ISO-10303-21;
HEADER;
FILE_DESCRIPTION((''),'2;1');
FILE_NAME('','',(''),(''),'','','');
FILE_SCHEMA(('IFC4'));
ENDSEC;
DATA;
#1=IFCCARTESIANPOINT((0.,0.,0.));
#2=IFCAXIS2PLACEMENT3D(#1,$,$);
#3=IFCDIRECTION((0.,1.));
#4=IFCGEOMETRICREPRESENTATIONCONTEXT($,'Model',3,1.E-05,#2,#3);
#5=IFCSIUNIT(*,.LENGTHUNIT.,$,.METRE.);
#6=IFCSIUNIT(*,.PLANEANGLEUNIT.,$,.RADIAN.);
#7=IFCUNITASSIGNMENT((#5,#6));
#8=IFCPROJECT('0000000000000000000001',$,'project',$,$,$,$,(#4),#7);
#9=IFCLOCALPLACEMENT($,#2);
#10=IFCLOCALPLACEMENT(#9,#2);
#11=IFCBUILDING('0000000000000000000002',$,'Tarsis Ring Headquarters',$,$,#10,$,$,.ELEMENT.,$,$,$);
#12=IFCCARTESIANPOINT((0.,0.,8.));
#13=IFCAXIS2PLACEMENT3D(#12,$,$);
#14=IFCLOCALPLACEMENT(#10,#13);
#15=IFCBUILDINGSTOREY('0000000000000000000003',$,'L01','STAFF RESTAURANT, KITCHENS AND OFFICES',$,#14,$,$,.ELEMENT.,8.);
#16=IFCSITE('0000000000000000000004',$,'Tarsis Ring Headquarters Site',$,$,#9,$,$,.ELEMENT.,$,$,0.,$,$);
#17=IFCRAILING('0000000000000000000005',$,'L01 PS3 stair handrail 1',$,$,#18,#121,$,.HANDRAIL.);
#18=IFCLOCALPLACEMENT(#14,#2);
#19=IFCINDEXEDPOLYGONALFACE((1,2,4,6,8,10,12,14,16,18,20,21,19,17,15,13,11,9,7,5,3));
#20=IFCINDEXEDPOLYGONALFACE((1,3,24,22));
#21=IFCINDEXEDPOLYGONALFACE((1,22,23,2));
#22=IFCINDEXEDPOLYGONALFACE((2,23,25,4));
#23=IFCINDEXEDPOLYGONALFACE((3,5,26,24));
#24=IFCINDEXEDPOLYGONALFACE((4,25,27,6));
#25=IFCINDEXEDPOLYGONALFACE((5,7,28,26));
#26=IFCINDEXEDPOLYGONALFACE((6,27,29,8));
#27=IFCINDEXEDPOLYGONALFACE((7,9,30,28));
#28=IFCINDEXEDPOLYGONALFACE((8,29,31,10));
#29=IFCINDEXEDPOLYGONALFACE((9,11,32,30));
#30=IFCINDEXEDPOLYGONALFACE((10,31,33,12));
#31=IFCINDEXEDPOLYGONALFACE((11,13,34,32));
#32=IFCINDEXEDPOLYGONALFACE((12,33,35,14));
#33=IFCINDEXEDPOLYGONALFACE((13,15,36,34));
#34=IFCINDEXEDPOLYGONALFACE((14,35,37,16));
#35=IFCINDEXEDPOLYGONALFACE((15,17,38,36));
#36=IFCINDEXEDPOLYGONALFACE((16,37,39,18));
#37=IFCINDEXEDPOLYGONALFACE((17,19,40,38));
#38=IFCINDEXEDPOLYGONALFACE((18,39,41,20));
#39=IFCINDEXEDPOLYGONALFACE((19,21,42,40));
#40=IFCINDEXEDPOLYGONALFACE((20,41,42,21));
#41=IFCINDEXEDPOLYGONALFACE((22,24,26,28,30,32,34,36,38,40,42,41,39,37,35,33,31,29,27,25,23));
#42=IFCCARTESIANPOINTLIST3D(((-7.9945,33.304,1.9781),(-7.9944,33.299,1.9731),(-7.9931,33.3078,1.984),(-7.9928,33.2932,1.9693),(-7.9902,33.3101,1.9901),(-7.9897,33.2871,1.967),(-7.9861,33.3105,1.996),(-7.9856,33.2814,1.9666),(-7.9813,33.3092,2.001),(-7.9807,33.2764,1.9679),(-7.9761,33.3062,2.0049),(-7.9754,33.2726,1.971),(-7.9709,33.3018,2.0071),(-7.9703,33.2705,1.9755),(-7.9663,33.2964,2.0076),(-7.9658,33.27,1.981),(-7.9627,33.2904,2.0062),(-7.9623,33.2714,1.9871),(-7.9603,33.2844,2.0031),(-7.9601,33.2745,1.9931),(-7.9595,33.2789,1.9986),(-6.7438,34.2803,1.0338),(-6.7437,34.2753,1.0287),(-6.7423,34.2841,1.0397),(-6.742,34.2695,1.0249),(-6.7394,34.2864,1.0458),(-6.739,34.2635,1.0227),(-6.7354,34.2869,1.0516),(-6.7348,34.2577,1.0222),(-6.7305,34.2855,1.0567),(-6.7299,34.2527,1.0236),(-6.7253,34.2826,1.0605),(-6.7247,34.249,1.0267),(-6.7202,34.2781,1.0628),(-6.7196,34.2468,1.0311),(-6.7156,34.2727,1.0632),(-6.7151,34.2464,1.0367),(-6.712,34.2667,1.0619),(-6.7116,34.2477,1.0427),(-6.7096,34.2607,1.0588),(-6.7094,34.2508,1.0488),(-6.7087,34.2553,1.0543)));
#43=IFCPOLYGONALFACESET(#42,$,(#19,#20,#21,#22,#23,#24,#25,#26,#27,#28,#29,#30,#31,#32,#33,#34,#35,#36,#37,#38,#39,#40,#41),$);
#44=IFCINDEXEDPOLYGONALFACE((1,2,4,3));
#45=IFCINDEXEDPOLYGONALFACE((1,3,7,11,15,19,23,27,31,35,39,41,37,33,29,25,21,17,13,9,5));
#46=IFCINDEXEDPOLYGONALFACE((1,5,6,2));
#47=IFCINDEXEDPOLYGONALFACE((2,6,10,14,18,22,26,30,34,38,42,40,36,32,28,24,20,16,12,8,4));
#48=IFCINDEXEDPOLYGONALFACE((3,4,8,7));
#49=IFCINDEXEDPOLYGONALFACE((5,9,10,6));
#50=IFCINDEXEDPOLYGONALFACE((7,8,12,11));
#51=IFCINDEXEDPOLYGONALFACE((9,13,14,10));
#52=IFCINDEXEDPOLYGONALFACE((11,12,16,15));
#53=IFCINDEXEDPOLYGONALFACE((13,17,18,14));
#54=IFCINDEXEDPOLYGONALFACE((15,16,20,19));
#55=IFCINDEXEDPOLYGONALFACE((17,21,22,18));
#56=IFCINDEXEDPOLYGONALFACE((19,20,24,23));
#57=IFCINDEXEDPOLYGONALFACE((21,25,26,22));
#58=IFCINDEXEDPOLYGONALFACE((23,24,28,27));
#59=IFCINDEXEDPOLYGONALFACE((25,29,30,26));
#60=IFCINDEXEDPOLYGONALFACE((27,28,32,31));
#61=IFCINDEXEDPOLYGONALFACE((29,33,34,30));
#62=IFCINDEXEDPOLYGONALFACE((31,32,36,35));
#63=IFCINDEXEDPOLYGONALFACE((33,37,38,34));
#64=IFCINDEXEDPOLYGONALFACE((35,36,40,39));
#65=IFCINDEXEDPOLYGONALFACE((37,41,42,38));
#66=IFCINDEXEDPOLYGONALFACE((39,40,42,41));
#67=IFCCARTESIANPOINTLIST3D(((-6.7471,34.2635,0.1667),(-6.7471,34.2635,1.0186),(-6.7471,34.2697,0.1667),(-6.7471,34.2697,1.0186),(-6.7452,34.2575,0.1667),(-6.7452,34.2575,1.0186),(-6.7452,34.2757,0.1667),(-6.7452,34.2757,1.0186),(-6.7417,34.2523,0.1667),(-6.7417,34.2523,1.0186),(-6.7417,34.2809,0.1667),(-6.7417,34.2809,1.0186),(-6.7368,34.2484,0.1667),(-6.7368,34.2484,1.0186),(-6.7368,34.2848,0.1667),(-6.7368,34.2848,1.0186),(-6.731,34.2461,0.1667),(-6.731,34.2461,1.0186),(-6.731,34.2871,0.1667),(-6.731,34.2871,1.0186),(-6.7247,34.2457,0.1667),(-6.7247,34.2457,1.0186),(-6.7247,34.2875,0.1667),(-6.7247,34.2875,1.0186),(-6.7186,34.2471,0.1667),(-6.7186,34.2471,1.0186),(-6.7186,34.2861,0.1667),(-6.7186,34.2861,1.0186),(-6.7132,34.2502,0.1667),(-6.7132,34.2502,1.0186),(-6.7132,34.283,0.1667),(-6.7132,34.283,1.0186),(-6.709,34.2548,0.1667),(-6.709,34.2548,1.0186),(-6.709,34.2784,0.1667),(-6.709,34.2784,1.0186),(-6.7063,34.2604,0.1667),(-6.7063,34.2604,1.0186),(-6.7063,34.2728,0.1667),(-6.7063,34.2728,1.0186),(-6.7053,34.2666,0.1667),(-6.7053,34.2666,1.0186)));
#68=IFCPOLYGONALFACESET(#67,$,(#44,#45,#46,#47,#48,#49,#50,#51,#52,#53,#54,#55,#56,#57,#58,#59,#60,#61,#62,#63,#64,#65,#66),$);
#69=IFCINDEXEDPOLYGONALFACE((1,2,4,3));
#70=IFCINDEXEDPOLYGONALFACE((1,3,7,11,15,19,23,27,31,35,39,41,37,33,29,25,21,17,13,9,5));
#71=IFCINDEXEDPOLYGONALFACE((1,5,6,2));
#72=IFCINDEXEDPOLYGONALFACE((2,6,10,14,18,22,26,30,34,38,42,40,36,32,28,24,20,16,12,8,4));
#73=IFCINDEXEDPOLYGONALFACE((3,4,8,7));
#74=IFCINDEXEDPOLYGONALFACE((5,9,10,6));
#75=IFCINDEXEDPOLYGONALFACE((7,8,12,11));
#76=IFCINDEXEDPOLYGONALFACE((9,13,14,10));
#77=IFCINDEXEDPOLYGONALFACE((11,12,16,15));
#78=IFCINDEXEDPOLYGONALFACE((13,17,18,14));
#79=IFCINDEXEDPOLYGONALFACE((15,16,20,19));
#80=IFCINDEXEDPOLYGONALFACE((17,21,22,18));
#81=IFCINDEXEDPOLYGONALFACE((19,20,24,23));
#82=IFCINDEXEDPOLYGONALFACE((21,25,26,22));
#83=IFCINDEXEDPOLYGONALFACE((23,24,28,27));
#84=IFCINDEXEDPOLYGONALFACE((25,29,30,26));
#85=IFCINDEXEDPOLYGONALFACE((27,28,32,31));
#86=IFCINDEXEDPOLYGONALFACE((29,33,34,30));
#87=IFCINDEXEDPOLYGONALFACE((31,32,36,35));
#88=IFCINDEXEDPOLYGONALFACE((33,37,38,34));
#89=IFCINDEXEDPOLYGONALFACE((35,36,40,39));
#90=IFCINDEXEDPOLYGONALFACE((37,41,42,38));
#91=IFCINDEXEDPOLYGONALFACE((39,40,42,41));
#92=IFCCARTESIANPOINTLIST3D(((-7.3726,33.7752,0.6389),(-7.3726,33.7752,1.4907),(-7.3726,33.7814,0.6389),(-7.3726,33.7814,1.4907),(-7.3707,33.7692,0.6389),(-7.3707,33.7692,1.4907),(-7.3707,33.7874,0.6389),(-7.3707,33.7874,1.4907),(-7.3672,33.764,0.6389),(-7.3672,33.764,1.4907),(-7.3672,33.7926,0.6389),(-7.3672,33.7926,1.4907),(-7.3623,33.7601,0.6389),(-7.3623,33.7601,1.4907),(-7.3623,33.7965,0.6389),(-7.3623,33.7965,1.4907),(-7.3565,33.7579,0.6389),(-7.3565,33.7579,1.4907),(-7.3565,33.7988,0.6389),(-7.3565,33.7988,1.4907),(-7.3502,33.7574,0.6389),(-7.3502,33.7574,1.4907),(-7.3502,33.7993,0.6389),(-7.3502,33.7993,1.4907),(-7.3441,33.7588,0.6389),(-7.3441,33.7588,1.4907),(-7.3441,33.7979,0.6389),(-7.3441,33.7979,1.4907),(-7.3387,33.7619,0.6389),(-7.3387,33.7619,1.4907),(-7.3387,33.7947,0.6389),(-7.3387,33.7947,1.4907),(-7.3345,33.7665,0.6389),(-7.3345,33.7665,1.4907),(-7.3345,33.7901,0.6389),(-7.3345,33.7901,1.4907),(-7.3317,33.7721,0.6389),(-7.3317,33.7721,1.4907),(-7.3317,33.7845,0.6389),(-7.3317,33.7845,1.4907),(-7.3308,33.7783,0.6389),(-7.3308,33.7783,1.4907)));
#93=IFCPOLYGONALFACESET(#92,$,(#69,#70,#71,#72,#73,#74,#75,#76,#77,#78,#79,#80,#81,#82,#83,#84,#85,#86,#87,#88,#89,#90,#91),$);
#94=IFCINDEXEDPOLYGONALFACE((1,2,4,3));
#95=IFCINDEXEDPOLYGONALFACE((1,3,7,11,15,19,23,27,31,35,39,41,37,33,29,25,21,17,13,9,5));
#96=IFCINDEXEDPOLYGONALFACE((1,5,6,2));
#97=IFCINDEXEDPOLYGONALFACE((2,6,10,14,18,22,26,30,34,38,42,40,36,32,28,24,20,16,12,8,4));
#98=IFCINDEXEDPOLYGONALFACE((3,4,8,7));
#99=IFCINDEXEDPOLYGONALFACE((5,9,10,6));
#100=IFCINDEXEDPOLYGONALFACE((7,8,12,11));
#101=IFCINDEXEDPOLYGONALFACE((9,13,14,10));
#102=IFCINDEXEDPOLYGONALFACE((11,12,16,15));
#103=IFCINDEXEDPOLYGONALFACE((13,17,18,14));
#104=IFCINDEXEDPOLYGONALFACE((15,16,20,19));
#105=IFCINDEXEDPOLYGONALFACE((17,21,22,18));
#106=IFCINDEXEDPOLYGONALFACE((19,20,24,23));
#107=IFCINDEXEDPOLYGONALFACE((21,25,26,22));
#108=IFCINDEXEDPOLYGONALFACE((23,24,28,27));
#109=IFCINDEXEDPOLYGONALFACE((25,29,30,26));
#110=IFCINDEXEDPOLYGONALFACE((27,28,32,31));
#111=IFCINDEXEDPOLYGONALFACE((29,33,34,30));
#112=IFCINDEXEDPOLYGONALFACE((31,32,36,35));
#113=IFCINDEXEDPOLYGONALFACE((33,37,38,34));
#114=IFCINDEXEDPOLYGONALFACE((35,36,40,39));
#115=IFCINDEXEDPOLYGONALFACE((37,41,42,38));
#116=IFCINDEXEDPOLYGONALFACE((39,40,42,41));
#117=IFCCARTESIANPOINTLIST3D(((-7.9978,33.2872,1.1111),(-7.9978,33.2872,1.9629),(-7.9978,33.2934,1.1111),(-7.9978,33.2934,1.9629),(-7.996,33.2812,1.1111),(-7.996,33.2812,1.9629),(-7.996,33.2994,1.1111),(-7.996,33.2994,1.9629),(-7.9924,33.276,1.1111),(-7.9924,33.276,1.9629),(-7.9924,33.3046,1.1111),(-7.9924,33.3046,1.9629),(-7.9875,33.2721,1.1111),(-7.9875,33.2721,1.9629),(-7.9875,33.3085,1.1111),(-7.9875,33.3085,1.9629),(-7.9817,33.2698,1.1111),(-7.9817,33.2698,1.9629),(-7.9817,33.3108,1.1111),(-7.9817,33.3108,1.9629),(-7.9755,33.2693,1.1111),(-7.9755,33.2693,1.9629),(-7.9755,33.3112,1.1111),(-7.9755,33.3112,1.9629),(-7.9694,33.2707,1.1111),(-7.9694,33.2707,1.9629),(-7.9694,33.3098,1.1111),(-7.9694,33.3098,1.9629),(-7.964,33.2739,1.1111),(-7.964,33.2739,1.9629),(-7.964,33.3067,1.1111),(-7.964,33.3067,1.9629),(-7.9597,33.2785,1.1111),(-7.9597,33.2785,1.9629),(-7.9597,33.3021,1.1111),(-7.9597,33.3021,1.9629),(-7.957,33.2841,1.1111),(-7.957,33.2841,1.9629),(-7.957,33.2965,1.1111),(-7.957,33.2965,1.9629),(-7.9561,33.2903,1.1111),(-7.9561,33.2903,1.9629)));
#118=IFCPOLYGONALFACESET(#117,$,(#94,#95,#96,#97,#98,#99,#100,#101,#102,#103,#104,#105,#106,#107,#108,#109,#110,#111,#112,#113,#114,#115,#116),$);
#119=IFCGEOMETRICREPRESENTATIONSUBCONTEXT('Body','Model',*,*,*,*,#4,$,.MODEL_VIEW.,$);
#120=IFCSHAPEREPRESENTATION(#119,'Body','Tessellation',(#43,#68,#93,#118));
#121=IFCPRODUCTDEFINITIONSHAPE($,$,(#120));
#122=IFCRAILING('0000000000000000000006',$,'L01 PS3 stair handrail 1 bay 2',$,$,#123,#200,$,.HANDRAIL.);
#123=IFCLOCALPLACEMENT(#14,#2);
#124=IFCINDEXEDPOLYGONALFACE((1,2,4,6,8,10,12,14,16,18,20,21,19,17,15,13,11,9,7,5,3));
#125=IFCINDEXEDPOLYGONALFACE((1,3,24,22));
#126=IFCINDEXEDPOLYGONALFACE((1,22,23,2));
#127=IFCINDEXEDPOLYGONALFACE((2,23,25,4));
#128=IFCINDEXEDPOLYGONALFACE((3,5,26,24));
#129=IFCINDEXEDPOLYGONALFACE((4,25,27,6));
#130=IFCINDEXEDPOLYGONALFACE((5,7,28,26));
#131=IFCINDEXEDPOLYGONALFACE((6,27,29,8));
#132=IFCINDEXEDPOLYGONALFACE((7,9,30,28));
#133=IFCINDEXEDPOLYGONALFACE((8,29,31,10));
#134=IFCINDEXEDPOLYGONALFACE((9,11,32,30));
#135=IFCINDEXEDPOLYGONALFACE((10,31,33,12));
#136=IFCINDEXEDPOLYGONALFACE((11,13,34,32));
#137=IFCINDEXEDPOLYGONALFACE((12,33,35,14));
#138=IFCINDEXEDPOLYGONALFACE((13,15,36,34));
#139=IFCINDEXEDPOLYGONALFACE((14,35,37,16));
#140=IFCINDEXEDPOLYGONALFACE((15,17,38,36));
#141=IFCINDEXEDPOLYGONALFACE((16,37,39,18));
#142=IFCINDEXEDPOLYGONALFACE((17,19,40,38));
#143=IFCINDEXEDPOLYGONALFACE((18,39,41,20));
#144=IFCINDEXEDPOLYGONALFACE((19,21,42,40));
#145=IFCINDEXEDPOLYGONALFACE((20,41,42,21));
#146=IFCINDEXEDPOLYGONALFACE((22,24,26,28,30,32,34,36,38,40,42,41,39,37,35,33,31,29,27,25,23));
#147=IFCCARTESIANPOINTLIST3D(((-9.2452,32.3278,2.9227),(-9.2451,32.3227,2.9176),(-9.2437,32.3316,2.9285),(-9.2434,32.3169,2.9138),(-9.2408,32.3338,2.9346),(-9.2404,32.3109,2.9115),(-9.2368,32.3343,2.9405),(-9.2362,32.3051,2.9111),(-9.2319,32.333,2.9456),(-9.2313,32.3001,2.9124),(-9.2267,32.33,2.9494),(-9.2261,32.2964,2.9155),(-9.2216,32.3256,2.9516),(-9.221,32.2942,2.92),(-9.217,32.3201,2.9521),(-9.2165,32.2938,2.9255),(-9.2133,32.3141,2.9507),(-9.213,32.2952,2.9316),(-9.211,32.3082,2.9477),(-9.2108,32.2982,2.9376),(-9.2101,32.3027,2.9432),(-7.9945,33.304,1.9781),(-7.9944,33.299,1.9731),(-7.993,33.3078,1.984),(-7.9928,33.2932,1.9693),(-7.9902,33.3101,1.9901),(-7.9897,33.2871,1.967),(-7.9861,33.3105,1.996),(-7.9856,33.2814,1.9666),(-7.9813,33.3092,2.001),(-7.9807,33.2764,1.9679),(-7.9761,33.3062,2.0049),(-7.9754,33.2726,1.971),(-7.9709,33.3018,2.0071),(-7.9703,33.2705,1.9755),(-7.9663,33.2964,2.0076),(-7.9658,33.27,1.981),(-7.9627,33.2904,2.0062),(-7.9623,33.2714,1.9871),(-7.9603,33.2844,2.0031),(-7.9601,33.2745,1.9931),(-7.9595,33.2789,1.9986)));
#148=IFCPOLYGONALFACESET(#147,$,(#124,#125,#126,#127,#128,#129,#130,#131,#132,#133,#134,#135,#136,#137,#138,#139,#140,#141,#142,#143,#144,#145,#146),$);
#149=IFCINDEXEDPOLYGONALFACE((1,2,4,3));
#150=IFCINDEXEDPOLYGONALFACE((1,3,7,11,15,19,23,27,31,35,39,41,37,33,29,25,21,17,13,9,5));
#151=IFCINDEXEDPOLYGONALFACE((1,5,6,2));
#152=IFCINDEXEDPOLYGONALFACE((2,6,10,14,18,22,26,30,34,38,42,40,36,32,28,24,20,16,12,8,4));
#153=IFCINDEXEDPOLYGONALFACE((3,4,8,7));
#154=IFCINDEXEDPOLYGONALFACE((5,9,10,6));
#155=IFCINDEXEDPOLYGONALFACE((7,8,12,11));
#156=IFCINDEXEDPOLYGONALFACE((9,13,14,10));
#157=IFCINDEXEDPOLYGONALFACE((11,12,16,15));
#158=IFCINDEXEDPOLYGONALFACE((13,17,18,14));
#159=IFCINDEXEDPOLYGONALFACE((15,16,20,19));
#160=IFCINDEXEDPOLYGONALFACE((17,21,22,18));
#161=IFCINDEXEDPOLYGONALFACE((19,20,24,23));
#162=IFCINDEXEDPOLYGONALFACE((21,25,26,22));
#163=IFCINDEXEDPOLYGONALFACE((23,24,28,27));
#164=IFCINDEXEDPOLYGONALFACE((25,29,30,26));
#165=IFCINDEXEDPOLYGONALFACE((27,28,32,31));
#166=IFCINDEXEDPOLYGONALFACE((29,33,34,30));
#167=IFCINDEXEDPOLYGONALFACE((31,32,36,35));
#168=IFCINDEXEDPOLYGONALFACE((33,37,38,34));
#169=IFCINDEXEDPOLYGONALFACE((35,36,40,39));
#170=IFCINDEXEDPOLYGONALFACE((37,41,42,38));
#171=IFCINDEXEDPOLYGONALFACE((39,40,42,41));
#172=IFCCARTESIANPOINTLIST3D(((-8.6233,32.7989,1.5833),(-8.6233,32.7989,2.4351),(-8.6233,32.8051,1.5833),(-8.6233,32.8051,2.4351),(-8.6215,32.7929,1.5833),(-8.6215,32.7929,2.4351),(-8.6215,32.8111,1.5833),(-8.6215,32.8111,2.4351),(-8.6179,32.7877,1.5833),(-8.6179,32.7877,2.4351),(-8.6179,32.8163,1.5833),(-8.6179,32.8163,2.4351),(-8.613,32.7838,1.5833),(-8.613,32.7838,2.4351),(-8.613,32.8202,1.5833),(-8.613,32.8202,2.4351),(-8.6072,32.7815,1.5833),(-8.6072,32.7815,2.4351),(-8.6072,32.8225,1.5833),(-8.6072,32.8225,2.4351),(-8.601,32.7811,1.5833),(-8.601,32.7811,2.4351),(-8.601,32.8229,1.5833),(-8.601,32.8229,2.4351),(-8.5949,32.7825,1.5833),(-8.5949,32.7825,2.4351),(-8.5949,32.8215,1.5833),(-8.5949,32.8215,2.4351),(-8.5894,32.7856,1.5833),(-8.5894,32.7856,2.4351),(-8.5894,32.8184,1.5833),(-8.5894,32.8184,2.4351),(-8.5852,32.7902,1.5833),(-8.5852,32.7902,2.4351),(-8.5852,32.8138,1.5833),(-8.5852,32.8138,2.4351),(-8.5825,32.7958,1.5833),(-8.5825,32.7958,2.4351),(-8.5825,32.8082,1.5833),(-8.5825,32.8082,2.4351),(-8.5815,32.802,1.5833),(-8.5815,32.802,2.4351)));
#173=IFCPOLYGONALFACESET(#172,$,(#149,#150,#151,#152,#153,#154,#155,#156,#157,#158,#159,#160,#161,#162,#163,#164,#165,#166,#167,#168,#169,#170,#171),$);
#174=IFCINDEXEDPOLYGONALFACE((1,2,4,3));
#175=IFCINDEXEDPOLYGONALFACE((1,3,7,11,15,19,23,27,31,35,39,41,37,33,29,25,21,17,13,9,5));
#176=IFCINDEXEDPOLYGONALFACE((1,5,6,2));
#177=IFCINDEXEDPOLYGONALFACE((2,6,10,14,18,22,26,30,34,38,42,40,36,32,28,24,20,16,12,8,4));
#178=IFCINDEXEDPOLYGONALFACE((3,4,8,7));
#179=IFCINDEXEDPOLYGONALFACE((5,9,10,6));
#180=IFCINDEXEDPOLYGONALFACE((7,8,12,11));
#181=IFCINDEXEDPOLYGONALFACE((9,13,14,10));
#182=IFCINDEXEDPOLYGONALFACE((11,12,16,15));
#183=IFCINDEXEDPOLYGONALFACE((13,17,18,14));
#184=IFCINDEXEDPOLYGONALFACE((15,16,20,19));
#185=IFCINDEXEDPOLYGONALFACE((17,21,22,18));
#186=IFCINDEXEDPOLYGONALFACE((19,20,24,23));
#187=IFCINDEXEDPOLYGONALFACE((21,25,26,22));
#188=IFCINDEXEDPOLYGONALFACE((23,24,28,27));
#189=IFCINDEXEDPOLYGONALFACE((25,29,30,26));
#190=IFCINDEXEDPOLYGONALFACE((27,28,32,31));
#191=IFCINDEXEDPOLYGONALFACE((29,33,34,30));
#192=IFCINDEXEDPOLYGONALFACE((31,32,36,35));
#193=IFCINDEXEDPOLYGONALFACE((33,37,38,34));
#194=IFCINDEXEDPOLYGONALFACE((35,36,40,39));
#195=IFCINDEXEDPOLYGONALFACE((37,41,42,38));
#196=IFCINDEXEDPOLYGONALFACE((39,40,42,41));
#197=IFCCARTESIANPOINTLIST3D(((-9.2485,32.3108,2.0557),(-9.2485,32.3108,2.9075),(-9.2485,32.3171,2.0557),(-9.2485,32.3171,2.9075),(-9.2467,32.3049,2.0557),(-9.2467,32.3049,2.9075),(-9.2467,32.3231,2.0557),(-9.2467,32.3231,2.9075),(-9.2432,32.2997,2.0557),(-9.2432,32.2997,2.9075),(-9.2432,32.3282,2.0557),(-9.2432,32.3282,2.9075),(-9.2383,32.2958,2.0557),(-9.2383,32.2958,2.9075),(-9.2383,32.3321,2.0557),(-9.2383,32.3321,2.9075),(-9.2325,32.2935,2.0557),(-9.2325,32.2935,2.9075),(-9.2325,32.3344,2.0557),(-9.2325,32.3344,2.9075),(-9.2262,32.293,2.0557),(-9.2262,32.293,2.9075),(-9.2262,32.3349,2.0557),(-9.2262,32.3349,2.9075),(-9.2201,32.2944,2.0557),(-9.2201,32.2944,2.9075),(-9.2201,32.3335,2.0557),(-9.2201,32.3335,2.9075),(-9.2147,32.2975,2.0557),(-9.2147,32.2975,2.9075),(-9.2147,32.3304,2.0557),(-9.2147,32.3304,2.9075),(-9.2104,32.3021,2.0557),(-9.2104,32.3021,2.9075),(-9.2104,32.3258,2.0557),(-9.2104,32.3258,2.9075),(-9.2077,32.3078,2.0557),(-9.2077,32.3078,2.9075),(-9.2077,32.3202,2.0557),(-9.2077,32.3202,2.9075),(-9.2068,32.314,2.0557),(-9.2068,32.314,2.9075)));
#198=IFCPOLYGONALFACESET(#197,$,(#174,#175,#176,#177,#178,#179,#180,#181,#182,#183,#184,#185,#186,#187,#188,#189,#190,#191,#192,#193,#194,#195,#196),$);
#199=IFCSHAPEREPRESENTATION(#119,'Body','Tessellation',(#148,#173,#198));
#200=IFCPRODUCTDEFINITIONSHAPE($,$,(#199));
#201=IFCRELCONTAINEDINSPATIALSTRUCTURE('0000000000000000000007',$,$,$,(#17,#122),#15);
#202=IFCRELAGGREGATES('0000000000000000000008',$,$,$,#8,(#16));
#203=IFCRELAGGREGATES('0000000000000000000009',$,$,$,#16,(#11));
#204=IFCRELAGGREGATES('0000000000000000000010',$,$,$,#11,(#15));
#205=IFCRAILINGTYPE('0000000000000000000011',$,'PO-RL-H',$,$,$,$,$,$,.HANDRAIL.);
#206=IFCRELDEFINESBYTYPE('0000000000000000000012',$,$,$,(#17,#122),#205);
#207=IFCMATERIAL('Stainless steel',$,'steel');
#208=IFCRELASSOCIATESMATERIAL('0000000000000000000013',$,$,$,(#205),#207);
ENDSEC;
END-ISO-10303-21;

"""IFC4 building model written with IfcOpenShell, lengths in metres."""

from ifc_helpers import new_model, si_unit, direction, frame, origin, origin_2d, place, context, subcontext, project, spatial, circle, extrude, material, type_object, element, save


model = new_model("IFC4")

# Units and contexts
model_context = context("Model", 3, precision=1e-05, world=origin(), true_north=direction((0.0, 1.0)))
body_context = subcontext(model_context, "Body", "Model", "MODEL_VIEW")
ifc_project = project(units=[si_unit("LENGTHUNIT", "METRE"), si_unit("PLANEANGLEUNIT", "RADIAN")], contexts=[model_context])

# Site, building, storey
site_placement = place(None, origin())
site = spatial("IfcSite", under=ifc_project, at=site_placement, Name="Tarsis Ring Headquarters Site", CompositionType="ELEMENT", RefElevation=0.0)
building_placement = place(site_placement, origin())
building = spatial("IfcBuilding", under=site, at=building_placement, Name="Tarsis Ring Headquarters", CompositionType="ELEMENT")
storey_placement = place(building_placement, frame((0.0, 0.0, 8.0)))
storey = spatial("IfcBuildingStorey", under=building, at=storey_placement, Name="L01", Description="STAFF RESTAURANT, KITCHENS AND OFFICES", CompositionType="ELEMENT", Elevation=8.0)

# Railings
ifc_material_1 = material(Name="Stainless steel", Category="steel")
railing_type_1 = type_object("IfcRailingType", Name="PO-RL-H", PredefinedType="HANDRAIL", material=ifc_material_1)
railing_1_placement = place(storey_placement, frame((-6.7263, 34.2666, 0.1667)))
element("IfcRailing", 1, at=railing_1_placement, inside=storey, type_object=railing_type_1, Name="L01 PS3 stair handrail 1", PredefinedType="HANDRAIL", context=body_context, shape_type="SweptSolid", body=[
    extrude(circle(Radius=0.0239, at=origin_2d()), frame((0.0, 0.0, 0.876), z_axis=(-0.677379, -0.52876, 0.511439), x_axis=(0.615324, -0.788274, 0.0)), (0.0, 0.0, 1.0), 1.8464),
    extrude(circle(Radius=0.021, at=origin_2d()), origin(), (0.0, 0.0, 1.0), 0.8518),
    extrude(circle(Radius=0.021, at=origin_2d()), frame((-0.6255, -0.4883, 0.4722)), (0.0, 0.0, 1.0), 0.8518),
    extrude(circle(Radius=0.021, at=origin_2d()), frame((-1.2507, -0.9763, 0.9443)), (0.0, 0.0, 1.0), 0.8518),
])
railing_2_placement = place(storey_placement, frame((-7.9771, 33.2903, 1.1111)))
element("IfcRailing", 2, at=railing_2_placement, inside=storey, type_object=railing_type_1, Name="L01 PS3 stair handrail 1 bay 2", PredefinedType="HANDRAIL", context=body_context, shape_type="SweptSolid", body=[
    extrude(circle(Radius=0.0239, at=origin_2d()), frame((0.0, 0.0, 0.876), z_axis=(-0.677333, -0.528725, 0.511537), x_axis=(0.615324, -0.788274, 0.0)), (0.0, 0.0, 1.0), 1.8464),
    extrude(circle(Radius=0.021, at=origin_2d()), frame((-0.6255, -0.4883, 0.4722)), (0.0, 0.0, 1.0), 0.8518),
    extrude(circle(Radius=0.021, at=origin_2d()), frame((-1.2507, -0.9763, 0.9446)), (0.0, 0.0, 1.0), 0.8518),
])

save(model, "model.ifc")
